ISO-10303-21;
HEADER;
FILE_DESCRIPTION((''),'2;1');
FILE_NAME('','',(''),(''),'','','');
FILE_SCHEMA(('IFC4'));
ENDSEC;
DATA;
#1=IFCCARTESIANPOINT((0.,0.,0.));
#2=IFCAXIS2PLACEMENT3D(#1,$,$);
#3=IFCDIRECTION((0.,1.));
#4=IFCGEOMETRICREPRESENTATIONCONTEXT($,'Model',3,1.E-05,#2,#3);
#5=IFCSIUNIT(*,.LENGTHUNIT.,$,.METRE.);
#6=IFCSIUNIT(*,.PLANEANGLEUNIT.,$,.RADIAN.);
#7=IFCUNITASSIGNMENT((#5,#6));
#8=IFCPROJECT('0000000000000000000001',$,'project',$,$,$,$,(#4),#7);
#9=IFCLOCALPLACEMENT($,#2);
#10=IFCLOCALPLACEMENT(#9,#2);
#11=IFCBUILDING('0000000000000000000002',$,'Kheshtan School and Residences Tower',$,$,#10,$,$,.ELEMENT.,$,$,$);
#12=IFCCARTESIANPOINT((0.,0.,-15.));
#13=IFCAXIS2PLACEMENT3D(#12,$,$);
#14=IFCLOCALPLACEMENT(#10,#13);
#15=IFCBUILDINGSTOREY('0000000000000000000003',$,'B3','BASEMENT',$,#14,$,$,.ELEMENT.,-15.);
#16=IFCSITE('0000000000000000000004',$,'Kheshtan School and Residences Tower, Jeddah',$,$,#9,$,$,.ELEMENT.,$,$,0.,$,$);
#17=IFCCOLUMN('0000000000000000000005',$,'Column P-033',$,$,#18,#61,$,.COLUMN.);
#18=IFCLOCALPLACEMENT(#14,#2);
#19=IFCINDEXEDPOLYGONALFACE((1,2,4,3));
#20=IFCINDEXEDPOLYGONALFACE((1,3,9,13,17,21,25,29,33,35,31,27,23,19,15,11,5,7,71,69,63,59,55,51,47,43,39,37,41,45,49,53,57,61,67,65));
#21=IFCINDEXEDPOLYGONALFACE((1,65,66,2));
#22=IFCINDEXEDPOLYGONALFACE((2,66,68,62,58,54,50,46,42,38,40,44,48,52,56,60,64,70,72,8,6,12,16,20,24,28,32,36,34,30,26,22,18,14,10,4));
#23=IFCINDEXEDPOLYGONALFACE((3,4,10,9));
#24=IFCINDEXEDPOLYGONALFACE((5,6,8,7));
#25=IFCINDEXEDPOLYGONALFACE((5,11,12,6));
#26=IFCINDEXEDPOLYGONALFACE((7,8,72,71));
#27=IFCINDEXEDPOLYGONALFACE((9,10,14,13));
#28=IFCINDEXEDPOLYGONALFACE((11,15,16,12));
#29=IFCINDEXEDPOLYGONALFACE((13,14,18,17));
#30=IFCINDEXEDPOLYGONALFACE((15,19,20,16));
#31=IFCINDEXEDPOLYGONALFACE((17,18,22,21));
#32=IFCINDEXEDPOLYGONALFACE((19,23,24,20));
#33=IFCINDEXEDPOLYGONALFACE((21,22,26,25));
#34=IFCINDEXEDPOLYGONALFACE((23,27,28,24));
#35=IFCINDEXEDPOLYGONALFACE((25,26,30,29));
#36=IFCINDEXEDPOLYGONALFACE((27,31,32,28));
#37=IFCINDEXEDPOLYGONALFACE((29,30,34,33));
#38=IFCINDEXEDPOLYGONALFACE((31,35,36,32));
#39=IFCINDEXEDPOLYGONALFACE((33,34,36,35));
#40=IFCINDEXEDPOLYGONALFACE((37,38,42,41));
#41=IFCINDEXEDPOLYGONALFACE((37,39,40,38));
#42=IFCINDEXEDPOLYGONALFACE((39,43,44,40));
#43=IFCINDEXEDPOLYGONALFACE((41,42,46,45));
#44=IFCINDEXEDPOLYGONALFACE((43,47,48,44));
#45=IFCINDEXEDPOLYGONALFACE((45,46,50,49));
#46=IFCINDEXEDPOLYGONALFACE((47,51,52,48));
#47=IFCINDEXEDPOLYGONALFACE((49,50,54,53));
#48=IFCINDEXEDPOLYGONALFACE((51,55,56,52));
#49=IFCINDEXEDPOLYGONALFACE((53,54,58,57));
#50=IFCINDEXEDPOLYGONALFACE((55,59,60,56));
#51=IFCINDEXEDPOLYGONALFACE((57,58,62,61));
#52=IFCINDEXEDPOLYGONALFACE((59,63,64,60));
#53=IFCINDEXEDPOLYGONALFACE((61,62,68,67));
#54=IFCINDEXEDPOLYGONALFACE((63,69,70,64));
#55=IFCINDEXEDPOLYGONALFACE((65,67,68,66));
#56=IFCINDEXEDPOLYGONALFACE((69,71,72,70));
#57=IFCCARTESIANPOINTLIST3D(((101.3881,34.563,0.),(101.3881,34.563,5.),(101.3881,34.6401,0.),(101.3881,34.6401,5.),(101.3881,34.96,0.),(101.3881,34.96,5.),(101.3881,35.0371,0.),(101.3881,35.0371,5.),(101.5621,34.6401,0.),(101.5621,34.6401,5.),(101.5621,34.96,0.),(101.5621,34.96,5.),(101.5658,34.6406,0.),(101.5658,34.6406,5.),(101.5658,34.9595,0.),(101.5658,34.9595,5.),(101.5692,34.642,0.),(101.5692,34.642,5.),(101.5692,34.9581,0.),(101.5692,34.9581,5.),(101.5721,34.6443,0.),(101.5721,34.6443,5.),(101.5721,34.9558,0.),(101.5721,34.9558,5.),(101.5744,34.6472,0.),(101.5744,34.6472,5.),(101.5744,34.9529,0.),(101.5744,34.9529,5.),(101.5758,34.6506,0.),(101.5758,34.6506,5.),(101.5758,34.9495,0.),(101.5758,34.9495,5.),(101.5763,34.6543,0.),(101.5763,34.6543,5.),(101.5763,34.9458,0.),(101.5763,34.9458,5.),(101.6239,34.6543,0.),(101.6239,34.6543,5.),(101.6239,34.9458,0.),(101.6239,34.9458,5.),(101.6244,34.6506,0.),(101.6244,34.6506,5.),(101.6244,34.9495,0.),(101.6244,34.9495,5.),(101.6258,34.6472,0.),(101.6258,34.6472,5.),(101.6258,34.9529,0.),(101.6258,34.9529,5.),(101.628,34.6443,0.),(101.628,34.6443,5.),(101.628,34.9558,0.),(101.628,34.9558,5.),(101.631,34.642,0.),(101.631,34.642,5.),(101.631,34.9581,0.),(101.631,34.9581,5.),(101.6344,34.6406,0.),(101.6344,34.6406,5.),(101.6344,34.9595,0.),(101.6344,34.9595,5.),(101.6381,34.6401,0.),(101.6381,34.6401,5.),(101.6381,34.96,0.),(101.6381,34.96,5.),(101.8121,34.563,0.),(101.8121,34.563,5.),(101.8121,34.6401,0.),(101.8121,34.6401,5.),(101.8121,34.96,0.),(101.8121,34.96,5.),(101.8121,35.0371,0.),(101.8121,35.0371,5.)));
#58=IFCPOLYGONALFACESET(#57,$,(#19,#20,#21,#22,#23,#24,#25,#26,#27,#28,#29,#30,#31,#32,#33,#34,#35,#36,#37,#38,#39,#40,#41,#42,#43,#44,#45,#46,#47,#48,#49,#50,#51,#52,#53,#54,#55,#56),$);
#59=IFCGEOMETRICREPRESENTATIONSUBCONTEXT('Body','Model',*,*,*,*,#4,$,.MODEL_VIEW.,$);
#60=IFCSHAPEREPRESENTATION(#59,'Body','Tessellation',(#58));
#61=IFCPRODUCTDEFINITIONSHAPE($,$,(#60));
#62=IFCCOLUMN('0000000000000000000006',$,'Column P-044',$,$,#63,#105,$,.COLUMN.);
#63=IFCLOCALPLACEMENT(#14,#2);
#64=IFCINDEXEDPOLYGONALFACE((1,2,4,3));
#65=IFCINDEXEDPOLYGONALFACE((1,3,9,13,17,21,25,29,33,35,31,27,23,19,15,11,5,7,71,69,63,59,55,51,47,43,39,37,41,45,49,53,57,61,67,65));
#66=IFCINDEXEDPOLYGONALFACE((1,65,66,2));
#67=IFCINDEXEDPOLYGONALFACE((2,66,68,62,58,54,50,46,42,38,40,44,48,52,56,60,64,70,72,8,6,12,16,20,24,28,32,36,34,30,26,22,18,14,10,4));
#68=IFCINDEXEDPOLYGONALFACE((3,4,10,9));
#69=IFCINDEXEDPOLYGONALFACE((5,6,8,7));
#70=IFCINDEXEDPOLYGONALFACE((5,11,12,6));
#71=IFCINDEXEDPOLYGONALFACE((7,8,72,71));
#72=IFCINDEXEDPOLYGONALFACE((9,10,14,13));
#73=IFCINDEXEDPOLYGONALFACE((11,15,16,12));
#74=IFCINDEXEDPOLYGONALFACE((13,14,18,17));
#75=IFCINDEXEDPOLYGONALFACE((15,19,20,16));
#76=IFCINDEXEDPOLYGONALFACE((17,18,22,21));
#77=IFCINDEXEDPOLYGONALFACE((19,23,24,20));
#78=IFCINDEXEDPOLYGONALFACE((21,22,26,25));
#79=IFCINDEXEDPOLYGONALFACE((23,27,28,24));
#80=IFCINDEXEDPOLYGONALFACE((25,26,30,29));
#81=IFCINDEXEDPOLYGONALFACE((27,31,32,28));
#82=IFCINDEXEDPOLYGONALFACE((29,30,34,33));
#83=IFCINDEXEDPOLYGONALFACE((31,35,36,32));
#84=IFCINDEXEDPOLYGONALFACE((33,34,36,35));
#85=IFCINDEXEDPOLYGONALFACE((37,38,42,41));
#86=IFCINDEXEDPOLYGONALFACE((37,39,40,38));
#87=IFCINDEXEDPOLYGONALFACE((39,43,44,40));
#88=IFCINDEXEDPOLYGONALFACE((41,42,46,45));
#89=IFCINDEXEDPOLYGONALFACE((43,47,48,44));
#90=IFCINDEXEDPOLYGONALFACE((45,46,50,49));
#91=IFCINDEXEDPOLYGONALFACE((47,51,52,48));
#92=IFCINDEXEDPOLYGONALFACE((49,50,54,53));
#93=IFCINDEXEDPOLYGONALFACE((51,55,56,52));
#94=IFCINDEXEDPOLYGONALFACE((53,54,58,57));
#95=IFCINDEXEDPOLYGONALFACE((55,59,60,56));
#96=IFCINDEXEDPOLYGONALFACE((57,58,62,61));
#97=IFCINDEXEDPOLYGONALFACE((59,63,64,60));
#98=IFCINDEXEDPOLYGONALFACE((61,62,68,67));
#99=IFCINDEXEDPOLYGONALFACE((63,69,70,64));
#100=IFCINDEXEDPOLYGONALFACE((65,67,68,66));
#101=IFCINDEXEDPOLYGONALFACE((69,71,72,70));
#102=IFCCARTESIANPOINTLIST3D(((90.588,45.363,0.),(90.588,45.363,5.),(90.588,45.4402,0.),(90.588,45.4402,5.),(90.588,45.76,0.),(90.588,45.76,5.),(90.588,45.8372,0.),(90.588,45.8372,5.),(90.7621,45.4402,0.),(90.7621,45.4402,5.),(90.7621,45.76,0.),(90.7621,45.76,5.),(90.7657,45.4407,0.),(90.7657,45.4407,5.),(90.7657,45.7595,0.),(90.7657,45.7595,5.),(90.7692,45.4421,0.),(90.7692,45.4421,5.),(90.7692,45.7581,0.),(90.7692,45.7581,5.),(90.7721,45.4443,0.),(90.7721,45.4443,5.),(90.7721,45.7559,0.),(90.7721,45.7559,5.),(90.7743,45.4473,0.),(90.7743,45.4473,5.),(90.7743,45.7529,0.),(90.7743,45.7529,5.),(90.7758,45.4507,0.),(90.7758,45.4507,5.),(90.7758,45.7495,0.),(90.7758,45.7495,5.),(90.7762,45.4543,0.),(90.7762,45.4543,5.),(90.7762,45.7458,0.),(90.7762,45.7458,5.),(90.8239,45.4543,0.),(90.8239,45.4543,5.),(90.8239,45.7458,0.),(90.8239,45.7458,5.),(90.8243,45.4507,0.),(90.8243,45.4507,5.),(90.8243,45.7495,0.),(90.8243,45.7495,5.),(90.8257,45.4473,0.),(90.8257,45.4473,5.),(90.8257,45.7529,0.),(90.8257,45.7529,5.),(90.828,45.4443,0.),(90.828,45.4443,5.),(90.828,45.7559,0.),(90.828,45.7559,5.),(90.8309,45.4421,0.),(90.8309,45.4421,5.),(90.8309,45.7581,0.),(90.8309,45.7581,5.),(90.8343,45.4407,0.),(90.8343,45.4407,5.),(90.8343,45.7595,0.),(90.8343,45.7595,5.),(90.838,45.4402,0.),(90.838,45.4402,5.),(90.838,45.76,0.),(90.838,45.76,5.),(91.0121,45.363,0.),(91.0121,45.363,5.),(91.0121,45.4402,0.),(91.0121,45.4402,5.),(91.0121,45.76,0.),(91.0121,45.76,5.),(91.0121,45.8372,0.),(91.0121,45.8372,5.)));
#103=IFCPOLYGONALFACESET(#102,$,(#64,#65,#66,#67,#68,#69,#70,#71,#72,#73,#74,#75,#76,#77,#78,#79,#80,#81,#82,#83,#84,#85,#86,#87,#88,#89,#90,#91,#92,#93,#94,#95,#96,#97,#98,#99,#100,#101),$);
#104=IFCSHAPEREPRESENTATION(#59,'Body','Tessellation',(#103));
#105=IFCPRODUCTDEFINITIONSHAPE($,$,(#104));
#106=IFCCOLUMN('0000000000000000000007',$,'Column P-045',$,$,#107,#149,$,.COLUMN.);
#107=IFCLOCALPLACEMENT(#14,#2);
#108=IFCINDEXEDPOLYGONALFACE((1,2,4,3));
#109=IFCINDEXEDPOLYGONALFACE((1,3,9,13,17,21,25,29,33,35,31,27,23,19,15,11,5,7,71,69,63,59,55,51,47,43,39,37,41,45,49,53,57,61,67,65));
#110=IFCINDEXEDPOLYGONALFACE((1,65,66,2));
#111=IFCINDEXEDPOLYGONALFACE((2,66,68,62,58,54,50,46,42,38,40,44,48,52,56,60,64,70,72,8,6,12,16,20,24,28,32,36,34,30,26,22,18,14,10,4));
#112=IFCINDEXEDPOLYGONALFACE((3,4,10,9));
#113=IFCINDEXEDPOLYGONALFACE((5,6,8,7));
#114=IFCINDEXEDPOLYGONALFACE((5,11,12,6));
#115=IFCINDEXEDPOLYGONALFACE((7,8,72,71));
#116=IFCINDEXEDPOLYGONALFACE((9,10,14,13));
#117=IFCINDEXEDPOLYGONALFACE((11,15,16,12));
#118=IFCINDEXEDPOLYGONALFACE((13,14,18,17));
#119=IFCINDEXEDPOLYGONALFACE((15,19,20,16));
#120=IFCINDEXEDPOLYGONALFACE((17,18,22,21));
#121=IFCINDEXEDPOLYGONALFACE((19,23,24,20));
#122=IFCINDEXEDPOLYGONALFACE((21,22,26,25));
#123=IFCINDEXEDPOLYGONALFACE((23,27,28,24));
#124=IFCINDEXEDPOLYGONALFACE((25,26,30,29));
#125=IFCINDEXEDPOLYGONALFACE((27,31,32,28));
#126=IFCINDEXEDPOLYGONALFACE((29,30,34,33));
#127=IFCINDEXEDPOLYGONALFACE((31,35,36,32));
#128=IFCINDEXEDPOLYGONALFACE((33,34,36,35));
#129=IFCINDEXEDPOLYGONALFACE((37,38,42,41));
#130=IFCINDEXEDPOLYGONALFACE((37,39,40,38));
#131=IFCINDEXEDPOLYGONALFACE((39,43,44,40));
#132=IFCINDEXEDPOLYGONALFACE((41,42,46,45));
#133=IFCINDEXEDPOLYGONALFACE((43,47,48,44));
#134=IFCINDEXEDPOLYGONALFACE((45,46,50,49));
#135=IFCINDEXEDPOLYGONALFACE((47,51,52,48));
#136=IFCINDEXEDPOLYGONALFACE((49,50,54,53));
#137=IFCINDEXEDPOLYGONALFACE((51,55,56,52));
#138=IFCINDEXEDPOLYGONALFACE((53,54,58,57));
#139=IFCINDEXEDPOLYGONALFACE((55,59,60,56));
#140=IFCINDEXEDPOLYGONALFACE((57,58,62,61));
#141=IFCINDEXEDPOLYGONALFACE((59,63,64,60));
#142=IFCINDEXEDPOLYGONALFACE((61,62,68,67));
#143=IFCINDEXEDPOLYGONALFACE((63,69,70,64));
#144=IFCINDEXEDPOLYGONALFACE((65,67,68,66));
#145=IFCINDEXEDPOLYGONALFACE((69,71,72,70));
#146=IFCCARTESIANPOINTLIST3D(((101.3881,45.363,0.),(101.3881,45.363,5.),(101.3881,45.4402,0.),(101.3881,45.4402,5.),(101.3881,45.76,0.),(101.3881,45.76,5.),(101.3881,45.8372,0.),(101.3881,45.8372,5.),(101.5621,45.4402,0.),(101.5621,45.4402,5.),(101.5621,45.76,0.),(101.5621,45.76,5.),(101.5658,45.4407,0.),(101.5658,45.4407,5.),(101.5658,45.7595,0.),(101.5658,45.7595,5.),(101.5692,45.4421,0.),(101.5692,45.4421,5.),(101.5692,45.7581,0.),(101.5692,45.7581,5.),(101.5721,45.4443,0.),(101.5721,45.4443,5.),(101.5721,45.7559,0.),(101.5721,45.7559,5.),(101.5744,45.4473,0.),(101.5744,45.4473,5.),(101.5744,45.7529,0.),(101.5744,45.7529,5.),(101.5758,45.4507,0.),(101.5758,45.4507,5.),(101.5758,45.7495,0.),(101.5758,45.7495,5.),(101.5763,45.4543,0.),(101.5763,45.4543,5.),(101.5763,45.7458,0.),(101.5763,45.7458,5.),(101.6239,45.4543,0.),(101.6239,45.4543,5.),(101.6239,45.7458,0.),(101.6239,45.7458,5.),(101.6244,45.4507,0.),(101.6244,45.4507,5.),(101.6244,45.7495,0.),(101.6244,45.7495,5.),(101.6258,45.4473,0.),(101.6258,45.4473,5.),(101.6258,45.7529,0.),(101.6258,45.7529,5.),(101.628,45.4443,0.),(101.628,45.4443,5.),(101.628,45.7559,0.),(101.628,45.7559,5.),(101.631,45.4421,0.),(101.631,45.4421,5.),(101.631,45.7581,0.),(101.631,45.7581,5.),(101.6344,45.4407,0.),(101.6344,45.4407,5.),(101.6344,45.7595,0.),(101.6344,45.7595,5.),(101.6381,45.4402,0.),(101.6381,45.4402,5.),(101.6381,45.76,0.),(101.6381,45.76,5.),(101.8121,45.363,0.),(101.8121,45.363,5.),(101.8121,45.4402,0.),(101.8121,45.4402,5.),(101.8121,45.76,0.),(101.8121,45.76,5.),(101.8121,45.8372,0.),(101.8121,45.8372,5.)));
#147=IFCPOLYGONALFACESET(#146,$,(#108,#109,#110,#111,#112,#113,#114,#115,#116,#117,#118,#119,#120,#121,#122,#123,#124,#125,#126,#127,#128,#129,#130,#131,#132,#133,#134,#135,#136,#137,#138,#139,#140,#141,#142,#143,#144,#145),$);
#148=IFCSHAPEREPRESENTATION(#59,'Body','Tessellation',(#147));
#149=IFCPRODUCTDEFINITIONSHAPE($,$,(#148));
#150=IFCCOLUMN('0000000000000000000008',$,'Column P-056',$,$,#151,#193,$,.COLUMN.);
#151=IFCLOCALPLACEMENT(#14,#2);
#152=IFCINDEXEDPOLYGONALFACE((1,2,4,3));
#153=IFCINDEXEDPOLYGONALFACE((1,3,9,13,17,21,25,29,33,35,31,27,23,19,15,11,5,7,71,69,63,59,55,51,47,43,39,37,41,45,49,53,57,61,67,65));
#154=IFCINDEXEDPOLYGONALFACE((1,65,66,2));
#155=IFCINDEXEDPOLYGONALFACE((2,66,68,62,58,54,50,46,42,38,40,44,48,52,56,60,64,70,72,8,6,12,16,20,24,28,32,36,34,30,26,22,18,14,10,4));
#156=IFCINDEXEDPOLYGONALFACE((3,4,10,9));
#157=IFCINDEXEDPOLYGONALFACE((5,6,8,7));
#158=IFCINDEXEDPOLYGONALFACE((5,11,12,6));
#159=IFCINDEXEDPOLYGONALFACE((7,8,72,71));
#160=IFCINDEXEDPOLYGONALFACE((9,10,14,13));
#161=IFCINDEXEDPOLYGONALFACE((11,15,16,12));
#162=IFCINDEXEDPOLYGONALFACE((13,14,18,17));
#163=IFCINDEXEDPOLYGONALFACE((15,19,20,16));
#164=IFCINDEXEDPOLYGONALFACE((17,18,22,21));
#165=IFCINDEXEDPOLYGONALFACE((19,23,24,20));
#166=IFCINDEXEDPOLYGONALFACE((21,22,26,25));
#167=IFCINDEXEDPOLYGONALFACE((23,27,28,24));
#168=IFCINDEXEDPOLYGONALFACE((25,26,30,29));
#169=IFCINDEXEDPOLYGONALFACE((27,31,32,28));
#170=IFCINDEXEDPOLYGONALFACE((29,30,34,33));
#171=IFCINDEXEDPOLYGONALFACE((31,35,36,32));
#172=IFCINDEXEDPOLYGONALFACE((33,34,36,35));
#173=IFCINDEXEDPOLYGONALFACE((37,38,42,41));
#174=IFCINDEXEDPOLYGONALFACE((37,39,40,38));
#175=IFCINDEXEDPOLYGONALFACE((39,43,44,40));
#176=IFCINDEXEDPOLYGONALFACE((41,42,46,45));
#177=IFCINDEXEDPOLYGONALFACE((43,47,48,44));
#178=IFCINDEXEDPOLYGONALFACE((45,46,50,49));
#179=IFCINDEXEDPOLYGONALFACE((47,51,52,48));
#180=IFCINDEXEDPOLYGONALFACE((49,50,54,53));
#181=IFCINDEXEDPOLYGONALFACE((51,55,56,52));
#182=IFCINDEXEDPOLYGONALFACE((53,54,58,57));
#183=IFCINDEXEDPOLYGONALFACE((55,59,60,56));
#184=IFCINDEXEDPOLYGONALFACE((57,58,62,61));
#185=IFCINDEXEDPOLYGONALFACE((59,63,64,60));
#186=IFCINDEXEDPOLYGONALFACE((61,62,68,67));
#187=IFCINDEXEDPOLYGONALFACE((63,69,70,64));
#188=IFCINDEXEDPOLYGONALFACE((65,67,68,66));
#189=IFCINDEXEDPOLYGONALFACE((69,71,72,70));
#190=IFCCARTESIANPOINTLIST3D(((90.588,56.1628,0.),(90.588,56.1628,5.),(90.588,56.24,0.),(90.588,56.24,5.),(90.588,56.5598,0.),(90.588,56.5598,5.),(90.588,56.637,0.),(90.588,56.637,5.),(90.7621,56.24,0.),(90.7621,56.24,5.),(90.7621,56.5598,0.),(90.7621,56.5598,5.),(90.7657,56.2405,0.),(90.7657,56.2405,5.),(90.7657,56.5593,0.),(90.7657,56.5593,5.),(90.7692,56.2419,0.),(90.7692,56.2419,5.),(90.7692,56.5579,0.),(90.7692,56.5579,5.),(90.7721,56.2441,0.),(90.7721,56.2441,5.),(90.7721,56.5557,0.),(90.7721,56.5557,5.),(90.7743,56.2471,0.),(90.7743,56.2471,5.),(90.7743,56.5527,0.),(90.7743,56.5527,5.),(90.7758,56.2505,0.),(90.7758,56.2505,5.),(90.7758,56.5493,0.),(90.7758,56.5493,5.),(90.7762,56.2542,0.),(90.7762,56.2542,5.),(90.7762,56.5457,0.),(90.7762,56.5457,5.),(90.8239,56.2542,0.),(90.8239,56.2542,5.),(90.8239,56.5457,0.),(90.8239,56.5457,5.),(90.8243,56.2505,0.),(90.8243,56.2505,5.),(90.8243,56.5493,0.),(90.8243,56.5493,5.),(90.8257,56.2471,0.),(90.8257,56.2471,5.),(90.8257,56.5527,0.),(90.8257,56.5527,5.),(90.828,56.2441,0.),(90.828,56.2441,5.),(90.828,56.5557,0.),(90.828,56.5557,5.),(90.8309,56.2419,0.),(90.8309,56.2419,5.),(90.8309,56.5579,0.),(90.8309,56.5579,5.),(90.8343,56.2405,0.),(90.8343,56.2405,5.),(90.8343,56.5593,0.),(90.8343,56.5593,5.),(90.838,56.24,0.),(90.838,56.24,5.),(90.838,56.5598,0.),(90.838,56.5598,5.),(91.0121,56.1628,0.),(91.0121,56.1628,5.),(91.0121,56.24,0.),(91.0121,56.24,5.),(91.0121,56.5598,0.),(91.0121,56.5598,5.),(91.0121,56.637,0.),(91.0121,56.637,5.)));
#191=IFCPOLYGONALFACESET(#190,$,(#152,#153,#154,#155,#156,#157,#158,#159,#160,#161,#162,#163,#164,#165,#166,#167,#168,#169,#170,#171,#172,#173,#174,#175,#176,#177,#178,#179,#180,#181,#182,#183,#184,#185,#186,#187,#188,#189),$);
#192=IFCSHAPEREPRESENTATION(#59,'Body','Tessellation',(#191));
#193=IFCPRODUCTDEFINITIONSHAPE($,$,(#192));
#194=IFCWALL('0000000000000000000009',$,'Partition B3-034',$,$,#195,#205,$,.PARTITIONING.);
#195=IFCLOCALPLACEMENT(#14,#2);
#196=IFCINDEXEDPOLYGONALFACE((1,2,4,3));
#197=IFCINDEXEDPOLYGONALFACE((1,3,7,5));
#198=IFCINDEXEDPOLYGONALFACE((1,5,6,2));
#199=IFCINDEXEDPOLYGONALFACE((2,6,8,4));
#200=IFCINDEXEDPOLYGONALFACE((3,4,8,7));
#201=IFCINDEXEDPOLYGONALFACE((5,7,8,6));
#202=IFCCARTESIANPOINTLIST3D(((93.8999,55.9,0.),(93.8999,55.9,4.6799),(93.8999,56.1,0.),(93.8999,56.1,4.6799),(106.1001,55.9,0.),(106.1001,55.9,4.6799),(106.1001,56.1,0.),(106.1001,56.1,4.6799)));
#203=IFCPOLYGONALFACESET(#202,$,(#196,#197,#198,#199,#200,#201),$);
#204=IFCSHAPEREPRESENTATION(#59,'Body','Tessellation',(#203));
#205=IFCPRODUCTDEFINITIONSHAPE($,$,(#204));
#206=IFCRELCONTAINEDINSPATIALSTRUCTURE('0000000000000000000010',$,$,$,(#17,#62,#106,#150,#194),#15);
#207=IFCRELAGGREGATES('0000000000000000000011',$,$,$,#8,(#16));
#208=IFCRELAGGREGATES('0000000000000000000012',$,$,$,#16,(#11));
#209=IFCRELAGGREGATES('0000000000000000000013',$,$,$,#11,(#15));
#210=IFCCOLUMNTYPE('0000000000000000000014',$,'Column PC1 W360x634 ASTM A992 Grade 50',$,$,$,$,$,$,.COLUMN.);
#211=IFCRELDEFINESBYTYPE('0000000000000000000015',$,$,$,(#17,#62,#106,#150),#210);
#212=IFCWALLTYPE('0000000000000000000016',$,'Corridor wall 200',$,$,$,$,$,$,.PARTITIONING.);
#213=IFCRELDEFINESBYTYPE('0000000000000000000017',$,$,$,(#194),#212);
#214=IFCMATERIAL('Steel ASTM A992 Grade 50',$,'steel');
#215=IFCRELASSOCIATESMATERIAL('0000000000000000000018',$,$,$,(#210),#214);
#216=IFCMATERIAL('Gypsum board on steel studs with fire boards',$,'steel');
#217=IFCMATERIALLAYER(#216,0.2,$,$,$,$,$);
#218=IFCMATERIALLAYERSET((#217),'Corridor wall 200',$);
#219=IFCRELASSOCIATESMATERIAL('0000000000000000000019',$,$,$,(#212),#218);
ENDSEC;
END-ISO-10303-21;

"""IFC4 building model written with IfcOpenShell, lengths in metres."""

from ifc_helpers import new_model, si_unit, direction, frame, frame_2d, origin, origin_2d, place, context, subcontext, project, spatial, rectangle, i_section, extrude, material, layer, layer_set, material_profile, profile_set, type_object, element, save


model = new_model("IFC4")

# Units and contexts
model_context = context("Model", 3, precision=1e-05, world=origin(), true_north=direction((0.0, 1.0)))
body_context = subcontext(model_context, "Body", "Model", "MODEL_VIEW")
ifc_project = project(units=[si_unit("LENGTHUNIT", "METRE"), si_unit("PLANEANGLEUNIT", "RADIAN")], contexts=[model_context])

# Site, building, storey
site_placement = place(None, origin())
site = spatial("IfcSite", under=ifc_project, at=site_placement, Name="Kheshtan School and Residences Tower, Jeddah", CompositionType="ELEMENT", RefElevation=0.0)
building_placement = place(site_placement, origin())
building = spatial("IfcBuilding", under=site, at=building_placement, Name="Kheshtan School and Residences Tower", CompositionType="ELEMENT")
storey_placement = place(building_placement, frame((0.0, 0.0, -15.0)))
storey = spatial("IfcBuildingStorey", under=building, at=storey_placement, Name="B3", Description="BASEMENT", CompositionType="ELEMENT", Elevation=-15.0)

# Columns
ifc_material_1 = material(Name="Steel ASTM A992 Grade 50", Category="steel")
ifc_material_profile_1 = material_profile(ifc_material_1, i_section(OverallWidth=0.4241, OverallDepth=0.4741, WebThickness=0.0476, FlangeThickness=0.0771, FilletRadius=0.0142, at=origin_2d()), Name="W360x634")
ifc_profile_set_1 = profile_set([ifc_material_profile_1], Name="Steel ASTM A992 Grade 50")
column_type = type_object("IfcColumnType", Name="Column PC1 W360x634 ASTM A992 Grade 50", PredefinedType="COLUMN", material=ifc_profile_set_1)
for number, where, z_axis, x_axis, name in (
    (1, (101.6001, 34.8, 0.0), (0.0, 0.0, 1.0), (1.0, 0.0, 0.0), "Column P-033"),
    (2, (90.8, 45.6001, 0.0), (0.0, 0.0, 1.0), (1.0, 0.0, 0.0), "Column P-044"),
    (3, (101.6001, 45.6001, 0.0), (0.0, 0.0, 1.0), (1.0, 0.0, 0.0), "Column P-045"),
    (4, (90.8, 56.3999, 0.0), (0.0, 0.0, 1.0), (1.0, 0.0, 0.0), "Column P-056"),
):
    element("IfcColumn", number, at=place(storey_placement, frame(where, z_axis=z_axis, x_axis=x_axis)), inside=storey, type_object=column_type, Name=name, PredefinedType="COLUMN", context=body_context, shape_type="SweptSolid", body=[
        extrude(i_section(OverallWidth=0.4241, OverallDepth=0.4741, WebThickness=0.0476, FlangeThickness=0.0771, FilletRadius=0.0142, at=origin_2d()), origin(), (0.0, 0.0, 1.0), 5.0),
    ])

# Wall
ifc_material_2 = material(Name="Gypsum board on steel studs with fire boards", Category="steel")
ifc_layer_1 = layer(ifc_material_2, 0.2)
ifc_layer_set_1 = layer_set([ifc_layer_1], Name="Corridor wall 200")
wall_type_1 = type_object("IfcWallType", Name="Corridor wall 200", PredefinedType="PARTITIONING", material=ifc_layer_set_1)
wall_1_placement = place(storey_placement, frame((93.8999, 56.0, 0.0), z_axis=(0.0, 0.0, 1.0), x_axis=(1.0, 0.0, 0.0)))
element("IfcWall", 5, at=wall_1_placement, inside=storey, type_object=wall_type_1, Name="Partition B3-034", PredefinedType="PARTITIONING", context=body_context, shape_type="SweptSolid", body=[
    extrude(rectangle(XDim=12.2002, YDim=0.2, at=frame_2d((6.1001, 0.0))), origin(), (0.0, 0.0, 1.0), 4.6799),
])

save(model, "model.ifc")
